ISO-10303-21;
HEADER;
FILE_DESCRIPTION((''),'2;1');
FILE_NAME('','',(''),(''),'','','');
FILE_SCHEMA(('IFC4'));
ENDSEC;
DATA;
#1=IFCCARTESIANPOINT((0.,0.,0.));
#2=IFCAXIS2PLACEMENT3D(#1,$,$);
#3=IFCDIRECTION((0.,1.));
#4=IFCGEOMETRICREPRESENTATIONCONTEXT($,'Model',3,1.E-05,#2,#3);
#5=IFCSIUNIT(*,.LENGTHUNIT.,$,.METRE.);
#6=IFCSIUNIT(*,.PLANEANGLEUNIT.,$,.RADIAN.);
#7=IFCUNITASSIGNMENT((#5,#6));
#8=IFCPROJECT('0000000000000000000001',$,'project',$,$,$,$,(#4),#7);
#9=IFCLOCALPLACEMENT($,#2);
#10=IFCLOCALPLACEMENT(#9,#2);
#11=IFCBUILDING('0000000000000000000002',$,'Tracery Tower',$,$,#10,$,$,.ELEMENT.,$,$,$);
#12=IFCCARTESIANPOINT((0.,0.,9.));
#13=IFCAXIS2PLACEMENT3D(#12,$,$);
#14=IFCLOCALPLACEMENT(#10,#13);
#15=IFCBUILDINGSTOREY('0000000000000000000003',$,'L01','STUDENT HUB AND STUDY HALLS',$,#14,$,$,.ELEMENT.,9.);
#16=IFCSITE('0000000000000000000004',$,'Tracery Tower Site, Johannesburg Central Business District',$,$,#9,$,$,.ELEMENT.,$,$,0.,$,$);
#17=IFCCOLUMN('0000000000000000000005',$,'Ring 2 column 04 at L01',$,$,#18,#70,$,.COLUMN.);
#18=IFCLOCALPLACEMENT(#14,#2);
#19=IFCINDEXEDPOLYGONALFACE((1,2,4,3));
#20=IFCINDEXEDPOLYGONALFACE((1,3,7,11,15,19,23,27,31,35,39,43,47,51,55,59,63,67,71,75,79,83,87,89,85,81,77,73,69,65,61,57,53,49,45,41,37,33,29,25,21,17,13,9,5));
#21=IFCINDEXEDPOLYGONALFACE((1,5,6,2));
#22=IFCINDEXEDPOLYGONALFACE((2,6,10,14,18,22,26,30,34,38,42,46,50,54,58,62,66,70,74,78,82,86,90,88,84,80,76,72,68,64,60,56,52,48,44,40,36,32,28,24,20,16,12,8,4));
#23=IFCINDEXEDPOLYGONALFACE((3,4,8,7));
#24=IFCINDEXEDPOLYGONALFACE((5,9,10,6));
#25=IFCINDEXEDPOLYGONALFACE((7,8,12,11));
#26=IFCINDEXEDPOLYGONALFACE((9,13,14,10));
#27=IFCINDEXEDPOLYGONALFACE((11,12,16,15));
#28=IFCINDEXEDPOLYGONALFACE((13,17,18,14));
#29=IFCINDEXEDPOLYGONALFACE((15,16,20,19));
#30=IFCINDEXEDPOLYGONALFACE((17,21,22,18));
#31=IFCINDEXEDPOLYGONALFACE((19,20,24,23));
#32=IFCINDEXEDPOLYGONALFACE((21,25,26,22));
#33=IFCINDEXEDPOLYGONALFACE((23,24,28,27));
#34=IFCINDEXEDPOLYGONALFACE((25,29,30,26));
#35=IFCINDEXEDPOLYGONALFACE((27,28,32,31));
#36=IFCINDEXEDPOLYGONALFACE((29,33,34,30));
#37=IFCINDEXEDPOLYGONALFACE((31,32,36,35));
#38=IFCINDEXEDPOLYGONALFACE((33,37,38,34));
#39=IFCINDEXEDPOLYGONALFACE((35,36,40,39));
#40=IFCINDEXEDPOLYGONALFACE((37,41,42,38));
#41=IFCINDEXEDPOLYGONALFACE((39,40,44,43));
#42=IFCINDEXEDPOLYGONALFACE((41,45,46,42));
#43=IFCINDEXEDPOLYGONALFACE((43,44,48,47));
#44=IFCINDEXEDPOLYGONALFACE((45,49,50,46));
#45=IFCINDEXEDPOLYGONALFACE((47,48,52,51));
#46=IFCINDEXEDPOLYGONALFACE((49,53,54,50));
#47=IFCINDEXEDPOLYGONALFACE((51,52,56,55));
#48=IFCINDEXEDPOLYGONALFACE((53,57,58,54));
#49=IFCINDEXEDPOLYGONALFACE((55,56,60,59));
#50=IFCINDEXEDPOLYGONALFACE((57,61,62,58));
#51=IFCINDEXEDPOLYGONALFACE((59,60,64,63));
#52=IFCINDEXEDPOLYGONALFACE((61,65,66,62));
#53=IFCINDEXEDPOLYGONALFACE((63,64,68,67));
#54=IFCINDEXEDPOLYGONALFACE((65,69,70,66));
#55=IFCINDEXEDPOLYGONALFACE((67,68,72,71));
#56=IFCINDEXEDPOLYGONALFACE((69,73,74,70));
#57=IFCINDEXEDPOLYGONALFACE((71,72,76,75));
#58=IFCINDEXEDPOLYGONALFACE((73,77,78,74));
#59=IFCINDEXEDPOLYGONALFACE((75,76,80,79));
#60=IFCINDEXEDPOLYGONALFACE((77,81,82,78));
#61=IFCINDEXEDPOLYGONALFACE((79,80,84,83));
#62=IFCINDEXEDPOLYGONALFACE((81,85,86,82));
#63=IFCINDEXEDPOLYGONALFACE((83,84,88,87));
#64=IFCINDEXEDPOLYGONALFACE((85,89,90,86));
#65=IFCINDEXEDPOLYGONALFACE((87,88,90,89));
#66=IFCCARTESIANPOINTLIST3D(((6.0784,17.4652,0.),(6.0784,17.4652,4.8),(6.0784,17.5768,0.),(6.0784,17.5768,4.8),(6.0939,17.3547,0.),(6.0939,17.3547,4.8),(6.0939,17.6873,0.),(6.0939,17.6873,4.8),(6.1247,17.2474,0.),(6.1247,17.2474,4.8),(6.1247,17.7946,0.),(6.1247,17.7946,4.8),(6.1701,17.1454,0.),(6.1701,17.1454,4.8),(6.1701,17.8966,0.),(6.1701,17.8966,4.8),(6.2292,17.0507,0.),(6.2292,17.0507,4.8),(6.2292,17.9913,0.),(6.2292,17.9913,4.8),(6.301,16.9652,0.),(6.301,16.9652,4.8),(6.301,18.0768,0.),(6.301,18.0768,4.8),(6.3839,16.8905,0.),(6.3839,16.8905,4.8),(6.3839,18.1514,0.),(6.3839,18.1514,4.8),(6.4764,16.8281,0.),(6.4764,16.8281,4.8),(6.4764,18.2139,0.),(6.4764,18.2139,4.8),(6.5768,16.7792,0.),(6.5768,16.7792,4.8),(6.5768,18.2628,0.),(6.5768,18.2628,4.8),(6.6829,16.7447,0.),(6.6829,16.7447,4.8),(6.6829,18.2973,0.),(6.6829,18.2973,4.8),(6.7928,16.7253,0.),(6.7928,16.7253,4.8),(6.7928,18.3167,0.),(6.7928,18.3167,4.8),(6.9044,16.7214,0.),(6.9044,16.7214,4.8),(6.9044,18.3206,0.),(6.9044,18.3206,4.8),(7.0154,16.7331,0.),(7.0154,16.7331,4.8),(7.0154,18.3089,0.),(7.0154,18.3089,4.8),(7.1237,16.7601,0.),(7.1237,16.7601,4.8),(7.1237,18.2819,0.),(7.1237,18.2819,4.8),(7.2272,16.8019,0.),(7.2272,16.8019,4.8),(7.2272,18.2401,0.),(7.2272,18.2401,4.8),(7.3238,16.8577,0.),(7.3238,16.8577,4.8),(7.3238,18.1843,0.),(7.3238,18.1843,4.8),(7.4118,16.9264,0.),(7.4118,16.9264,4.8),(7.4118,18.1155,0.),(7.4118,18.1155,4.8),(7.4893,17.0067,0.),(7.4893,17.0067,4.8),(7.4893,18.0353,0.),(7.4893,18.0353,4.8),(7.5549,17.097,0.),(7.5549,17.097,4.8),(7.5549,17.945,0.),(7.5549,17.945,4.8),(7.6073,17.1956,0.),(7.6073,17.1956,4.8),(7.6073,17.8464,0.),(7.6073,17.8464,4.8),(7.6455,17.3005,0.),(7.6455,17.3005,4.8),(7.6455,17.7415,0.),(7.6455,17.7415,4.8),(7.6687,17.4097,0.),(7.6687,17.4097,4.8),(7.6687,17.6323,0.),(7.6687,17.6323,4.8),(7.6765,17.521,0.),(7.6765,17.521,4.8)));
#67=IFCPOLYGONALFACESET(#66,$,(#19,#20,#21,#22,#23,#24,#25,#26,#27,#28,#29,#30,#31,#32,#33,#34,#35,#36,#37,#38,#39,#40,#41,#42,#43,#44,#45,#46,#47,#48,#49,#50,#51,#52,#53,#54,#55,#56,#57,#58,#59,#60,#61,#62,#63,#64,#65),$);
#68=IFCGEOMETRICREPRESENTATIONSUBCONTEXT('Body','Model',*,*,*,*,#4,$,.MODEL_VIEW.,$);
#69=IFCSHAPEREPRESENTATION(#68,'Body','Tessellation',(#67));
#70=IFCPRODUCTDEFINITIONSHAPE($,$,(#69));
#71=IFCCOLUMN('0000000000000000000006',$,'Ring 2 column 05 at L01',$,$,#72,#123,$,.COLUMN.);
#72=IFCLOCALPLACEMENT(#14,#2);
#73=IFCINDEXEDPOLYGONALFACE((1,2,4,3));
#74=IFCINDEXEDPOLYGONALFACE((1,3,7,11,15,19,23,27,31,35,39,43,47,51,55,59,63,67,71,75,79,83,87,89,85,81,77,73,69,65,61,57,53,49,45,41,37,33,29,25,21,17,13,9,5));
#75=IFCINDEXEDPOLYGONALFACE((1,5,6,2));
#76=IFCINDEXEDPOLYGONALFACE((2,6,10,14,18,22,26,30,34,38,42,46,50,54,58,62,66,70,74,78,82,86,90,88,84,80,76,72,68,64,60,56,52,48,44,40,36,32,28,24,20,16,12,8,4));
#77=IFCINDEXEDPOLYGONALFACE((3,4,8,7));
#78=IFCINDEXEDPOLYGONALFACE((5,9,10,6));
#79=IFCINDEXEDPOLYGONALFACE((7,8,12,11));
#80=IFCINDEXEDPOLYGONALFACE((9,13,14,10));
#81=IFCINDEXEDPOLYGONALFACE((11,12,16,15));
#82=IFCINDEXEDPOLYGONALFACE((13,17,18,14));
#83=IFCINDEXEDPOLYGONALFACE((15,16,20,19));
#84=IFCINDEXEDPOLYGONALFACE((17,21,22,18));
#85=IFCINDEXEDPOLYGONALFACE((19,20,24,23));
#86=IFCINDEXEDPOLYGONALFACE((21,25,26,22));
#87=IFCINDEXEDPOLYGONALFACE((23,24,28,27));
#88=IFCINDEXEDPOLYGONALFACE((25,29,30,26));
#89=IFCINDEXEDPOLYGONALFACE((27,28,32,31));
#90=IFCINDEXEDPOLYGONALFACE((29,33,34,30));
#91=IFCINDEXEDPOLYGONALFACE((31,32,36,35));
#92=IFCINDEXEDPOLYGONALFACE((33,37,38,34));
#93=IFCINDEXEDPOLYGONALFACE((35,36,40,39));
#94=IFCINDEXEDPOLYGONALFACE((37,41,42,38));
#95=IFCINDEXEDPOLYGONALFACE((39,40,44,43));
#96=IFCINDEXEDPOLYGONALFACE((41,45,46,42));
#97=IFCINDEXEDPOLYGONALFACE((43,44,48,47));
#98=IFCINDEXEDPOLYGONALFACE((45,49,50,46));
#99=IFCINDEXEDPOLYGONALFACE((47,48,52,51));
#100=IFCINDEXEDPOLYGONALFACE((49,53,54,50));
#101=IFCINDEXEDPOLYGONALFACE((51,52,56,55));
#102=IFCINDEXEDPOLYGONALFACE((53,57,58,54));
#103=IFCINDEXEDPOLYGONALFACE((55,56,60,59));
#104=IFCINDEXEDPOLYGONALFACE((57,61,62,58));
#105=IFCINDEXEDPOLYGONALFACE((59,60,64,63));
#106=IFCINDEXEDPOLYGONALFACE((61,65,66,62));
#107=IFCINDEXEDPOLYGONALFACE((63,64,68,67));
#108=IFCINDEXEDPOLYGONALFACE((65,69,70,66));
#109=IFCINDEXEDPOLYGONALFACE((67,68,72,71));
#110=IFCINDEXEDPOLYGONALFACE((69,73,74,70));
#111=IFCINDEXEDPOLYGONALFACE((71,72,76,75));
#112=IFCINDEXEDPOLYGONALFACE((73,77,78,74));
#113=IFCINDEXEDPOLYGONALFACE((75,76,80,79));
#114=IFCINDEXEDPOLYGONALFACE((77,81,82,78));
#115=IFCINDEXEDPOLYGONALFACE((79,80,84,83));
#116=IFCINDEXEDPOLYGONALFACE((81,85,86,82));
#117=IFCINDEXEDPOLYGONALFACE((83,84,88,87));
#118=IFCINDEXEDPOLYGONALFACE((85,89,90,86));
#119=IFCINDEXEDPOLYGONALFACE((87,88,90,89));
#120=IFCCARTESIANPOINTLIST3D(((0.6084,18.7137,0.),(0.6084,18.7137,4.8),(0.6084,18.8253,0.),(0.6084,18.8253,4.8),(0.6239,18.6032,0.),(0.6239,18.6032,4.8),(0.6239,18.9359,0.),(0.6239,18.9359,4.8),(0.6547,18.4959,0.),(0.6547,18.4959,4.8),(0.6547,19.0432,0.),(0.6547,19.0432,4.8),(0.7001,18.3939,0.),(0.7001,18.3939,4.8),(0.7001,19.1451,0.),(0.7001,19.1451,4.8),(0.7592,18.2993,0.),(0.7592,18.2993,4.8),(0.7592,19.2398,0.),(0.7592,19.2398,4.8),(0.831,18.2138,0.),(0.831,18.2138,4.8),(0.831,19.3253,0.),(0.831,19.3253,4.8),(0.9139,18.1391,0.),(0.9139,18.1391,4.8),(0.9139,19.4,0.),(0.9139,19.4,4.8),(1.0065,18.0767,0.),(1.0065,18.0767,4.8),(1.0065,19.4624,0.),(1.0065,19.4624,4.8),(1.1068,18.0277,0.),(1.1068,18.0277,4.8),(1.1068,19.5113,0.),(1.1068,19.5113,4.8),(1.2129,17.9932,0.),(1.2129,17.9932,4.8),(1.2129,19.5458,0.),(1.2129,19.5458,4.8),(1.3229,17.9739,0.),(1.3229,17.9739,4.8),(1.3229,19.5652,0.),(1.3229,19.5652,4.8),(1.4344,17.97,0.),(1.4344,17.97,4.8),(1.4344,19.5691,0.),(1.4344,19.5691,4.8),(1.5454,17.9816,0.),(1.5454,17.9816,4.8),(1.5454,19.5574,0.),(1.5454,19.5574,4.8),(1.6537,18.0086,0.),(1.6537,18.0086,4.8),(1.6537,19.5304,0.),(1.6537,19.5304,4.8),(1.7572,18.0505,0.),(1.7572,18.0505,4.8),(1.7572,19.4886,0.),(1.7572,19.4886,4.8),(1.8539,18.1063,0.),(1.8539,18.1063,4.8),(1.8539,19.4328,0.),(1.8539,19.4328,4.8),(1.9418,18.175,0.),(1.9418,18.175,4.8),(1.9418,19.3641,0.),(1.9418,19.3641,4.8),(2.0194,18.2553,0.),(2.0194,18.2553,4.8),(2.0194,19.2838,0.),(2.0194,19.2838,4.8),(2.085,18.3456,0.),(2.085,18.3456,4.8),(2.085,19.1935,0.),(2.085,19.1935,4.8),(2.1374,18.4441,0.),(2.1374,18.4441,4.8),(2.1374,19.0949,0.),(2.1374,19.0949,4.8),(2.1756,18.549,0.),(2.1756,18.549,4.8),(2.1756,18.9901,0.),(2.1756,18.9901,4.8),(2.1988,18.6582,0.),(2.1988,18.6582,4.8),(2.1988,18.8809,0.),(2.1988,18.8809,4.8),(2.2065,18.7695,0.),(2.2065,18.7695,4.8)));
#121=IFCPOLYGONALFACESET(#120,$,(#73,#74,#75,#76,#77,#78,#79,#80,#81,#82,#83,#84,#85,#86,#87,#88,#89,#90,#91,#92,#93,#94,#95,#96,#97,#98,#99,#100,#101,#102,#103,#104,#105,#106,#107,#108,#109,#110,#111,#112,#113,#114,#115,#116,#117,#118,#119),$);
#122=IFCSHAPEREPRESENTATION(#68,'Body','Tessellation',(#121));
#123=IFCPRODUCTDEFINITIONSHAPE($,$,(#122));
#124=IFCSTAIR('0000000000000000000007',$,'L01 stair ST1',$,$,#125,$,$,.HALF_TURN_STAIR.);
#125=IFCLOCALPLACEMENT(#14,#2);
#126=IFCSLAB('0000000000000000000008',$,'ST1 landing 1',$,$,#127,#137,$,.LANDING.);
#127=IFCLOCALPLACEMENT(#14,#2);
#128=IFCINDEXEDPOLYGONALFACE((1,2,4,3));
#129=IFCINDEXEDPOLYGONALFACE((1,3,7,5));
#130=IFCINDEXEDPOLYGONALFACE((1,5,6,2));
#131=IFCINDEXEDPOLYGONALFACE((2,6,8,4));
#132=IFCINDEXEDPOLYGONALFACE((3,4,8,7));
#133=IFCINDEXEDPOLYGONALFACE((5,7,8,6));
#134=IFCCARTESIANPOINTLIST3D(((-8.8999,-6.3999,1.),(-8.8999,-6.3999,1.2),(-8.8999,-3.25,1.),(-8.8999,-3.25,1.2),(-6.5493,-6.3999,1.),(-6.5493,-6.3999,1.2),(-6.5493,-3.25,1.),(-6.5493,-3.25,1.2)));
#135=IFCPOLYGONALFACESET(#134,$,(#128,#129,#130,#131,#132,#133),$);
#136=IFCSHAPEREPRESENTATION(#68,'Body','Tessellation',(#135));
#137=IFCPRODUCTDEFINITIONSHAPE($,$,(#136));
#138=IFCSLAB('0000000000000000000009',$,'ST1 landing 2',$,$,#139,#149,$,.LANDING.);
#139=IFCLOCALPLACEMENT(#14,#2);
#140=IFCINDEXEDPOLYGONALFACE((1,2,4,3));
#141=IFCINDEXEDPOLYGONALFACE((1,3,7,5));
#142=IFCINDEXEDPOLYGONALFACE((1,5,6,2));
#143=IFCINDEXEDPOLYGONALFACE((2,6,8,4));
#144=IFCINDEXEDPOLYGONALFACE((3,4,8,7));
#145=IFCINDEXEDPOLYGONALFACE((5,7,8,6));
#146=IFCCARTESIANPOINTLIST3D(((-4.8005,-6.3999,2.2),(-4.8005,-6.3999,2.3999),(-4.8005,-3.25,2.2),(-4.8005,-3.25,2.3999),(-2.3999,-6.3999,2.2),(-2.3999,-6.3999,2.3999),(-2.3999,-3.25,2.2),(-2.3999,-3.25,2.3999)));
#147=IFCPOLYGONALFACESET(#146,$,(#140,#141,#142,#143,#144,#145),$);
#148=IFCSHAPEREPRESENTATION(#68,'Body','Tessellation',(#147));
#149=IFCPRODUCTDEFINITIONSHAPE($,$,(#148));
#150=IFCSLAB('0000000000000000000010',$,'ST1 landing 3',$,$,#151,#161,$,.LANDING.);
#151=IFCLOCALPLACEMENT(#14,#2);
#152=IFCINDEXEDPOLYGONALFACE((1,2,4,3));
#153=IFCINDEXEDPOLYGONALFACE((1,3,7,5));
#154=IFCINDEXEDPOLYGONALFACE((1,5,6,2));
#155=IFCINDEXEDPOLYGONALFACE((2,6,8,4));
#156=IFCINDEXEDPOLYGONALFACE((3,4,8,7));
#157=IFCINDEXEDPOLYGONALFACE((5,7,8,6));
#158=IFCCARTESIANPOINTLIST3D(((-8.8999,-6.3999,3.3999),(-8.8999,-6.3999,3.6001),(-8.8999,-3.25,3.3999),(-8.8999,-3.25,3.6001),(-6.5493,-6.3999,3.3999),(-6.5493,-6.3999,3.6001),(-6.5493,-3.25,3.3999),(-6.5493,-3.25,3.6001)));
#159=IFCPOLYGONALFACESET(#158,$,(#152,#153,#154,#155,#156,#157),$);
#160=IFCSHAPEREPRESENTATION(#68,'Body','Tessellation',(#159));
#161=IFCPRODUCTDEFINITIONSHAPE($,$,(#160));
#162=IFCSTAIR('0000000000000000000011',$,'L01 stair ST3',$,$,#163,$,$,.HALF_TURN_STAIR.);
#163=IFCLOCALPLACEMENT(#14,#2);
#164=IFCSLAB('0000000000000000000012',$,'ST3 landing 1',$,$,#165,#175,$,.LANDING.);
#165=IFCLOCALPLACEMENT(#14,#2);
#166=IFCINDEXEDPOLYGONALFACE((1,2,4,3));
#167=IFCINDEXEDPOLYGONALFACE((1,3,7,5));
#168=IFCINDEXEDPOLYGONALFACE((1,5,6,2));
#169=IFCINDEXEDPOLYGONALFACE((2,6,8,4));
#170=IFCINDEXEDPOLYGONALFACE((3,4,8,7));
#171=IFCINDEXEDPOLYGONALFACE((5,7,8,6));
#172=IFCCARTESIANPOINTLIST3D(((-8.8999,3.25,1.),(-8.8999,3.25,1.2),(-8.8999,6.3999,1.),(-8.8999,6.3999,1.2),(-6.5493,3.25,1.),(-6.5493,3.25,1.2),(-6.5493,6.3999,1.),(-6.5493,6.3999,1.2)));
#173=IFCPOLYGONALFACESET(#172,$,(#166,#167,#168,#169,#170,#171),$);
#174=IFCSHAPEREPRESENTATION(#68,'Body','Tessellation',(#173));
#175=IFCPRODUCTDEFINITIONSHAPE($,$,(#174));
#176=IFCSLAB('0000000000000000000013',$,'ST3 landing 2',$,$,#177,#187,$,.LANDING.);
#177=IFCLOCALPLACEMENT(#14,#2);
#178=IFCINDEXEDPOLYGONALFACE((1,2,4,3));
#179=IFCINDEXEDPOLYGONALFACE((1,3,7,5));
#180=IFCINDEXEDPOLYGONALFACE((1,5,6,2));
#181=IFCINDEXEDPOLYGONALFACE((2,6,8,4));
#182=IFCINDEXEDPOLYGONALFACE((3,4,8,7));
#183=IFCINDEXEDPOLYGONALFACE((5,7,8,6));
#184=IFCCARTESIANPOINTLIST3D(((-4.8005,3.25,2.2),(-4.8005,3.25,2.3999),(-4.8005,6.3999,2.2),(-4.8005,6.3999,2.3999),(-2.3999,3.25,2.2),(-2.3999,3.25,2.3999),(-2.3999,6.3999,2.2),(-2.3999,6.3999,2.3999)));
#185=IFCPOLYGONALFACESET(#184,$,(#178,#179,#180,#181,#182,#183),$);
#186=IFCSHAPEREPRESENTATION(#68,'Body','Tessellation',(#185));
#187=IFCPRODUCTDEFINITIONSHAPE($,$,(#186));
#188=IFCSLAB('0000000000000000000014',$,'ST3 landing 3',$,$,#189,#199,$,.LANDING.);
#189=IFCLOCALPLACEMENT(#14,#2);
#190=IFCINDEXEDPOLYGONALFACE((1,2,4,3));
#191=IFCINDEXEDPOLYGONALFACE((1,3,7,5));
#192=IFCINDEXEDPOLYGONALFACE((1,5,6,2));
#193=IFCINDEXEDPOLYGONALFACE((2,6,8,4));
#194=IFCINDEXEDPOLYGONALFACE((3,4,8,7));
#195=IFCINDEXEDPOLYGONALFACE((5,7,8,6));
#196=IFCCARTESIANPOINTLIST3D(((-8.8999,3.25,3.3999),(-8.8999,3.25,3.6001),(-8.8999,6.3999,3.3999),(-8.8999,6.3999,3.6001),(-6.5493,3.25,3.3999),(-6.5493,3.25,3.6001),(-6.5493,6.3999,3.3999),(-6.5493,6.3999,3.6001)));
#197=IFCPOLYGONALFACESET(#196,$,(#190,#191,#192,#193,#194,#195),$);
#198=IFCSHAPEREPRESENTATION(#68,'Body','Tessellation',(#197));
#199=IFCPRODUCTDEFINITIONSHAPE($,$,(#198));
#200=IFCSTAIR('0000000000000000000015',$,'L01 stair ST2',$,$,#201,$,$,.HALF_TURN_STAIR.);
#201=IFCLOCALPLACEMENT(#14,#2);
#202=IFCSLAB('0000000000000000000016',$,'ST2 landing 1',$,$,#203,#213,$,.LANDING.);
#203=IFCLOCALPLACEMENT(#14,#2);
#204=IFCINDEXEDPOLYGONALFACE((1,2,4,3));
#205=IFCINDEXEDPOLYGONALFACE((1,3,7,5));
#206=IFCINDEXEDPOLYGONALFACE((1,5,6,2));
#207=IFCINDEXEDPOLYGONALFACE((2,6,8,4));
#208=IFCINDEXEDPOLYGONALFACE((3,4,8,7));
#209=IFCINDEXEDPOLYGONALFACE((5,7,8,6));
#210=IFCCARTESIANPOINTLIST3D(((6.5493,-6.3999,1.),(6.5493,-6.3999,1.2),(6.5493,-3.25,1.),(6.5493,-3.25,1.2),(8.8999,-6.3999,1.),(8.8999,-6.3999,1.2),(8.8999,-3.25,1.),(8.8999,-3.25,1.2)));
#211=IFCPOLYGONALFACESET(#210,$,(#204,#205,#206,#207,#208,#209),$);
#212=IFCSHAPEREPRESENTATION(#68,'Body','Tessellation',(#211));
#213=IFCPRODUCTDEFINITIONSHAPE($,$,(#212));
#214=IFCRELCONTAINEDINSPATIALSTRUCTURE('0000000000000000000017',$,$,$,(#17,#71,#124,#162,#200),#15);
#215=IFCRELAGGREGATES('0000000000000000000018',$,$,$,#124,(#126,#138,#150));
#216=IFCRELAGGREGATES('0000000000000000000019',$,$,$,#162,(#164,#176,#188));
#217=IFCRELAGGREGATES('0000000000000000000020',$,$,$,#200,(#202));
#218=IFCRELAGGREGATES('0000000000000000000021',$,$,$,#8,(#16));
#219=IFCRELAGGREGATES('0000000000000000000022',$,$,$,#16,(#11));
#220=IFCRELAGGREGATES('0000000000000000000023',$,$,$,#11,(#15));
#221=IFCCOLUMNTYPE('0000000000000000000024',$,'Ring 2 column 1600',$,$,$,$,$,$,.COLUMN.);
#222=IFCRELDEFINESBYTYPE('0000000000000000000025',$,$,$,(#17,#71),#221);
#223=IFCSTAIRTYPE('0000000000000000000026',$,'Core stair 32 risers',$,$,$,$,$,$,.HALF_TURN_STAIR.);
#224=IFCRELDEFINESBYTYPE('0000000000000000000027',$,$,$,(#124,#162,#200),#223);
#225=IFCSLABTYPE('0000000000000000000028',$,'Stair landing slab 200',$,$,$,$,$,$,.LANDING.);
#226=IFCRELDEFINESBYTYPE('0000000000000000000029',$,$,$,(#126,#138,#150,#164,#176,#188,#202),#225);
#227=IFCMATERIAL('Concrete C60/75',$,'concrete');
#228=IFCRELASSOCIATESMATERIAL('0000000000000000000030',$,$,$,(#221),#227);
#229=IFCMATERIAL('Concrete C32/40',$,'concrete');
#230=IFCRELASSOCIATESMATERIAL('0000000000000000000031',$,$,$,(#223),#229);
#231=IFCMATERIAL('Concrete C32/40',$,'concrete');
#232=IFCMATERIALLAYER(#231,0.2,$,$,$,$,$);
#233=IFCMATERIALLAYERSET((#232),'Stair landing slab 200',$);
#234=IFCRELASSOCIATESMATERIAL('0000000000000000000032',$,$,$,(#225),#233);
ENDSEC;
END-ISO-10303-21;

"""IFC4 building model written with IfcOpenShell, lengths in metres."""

from ifc_helpers import new_model, si_unit, direction, frame, origin, origin_2d, place, context, subcontext, project, spatial, polyline, circle, outline, extrude, material, layer, layer_set, material_profile, profile_set, type_object, element, aggregate, save


model = new_model("IFC4")

# Units and contexts
model_context = context("Model", 3, precision=1e-05, world=origin(), true_north=direction((0.0, 1.0)))
body_context = subcontext(model_context, "Body", "Model", "MODEL_VIEW")
ifc_project = project(units=[si_unit("LENGTHUNIT", "METRE"), si_unit("PLANEANGLEUNIT", "RADIAN")], contexts=[model_context])

# Site, building, storey
site_placement = place(None, origin())
site = spatial("IfcSite", under=ifc_project, at=site_placement, Name="Tracery Tower Site, Johannesburg Central Business District", CompositionType="ELEMENT", RefElevation=0.0)
building_placement = place(site_placement, origin())
building = spatial("IfcBuilding", under=site, at=building_placement, Name="Tracery Tower", CompositionType="ELEMENT")
storey_placement = place(building_placement, frame((0.0, 0.0, 9.0)))
storey = spatial("IfcBuildingStorey", under=building, at=storey_placement, Name="L01", Description="STUDENT HUB AND STUDY HALLS", CompositionType="ELEMENT", Elevation=9.0)

# Columns
ifc_material_1 = material(Name="Concrete C60/75", Category="concrete")
ifc_material_profile_1 = material_profile(ifc_material_1, circle(Radius=0.8, at=origin_2d()), Name="RC D1600")
ifc_profile_set_1 = profile_set([ifc_material_profile_1], Name="Concrete C60/75")
column_type_1 = type_object("IfcColumnType", Name="Ring 2 column 1600", PredefinedType="COLUMN", material=ifc_profile_set_1)
for number, where, z_axis, x_axis, name in (
    (1, (6.8765, 17.521, 0.0), (0.0, 0.0, 1.0), (1.0, 0.0, 0.0), "Ring 2 column 04 at L01"),
    (2, (1.4065, 18.7695, 0.0), (0.0, 0.0, 1.0), (1.0, 0.0, 0.0), "Ring 2 column 05 at L01"),
):
    element("IfcColumn", number, at=place(storey_placement, frame(where, z_axis=z_axis, x_axis=x_axis)), inside=storey, type_object=column_type_1, Name=name, PredefinedType="COLUMN", context=body_context, shape_type="SweptSolid", body=[
        extrude(circle(Radius=0.8, at=origin_2d()), origin(), (0.0, 0.0, 1.0), 4.8),
    ])

# Stairs, slabs
ifc_material_2 = material(Name="Concrete C32/40", Category="concrete")
stair_type = type_object("IfcStairType", Name="Core stair 32 risers", PredefinedType="HALF_TURN_STAIR", material=ifc_material_2)
stair_1_placement = place(storey_placement, origin())
stair_1 = element("IfcStair", 3, at=stair_1_placement, inside=storey, type_object=stair_type, Name="L01 stair ST1", PredefinedType="HALF_TURN_STAIR")
ifc_material_3 = material(Name="Concrete C32/40", Category="concrete")
ifc_layer_1 = layer(ifc_material_3, 0.2)
ifc_layer_set_1 = layer_set([ifc_layer_1], Name="Stair landing slab 200")
slab_type = type_object("IfcSlabType", Name="Stair landing slab 200", PredefinedType="LANDING", material=ifc_layer_set_1)
slab_1_placement = place(storey_placement, frame((0.0, 0.0, 1.0)))
slab_1 = element("IfcSlab", 4, at=slab_1_placement, type_object=slab_type, Name="ST1 landing 1", PredefinedType="LANDING", context=body_context, shape_type="SweptSolid", body=[
    extrude(outline(polyline([(-6.5493, -3.25), (-8.8999, -3.25), (-8.8999, -6.3999), (-6.5493, -6.3999), (-6.5493, -3.25)])), origin(), (0.0, 0.0, 1.0), 0.2),
])
slab_2_placement = place(storey_placement, frame((0.0, 0.0, 2.2)))
slab_2 = element("IfcSlab", 5, at=slab_2_placement, type_object=slab_type, Name="ST1 landing 2", PredefinedType="LANDING", context=body_context, shape_type="SweptSolid", body=[
    extrude(outline(polyline([(-2.3999, -3.25), (-4.8005, -3.25), (-4.8005, -6.3999), (-2.3999, -6.3999), (-2.3999, -3.25)])), origin(), (0.0, 0.0, 1.0), 0.2),
])
slab_3_placement = place(storey_placement, frame((0.0, 0.0, 3.3999)))
slab_3 = element("IfcSlab", 6, at=slab_3_placement, type_object=slab_type, Name="ST1 landing 3", PredefinedType="LANDING", context=body_context, shape_type="SweptSolid", body=[
    extrude(outline(polyline([(-6.5493, -3.25), (-8.8999, -3.25), (-8.8999, -6.3999), (-6.5493, -6.3999), (-6.5493, -3.25)])), origin(), (0.0, 0.0, 1.0), 0.2002),
])
aggregate(stair_1, [slab_1, slab_2, slab_3])
stair_2_placement = place(storey_placement, origin())
stair_2 = element("IfcStair", 7, at=stair_2_placement, inside=storey, type_object=stair_type, Name="L01 stair ST3", PredefinedType="HALF_TURN_STAIR")
slab_4_placement = place(storey_placement, frame((0.0, 0.0, 1.0)))
slab_4 = element("IfcSlab", 8, at=slab_4_placement, type_object=slab_type, Name="ST3 landing 1", PredefinedType="LANDING", context=body_context, shape_type="SweptSolid", body=[
    extrude(outline(polyline([(-6.5493, 6.3999), (-8.8999, 6.3999), (-8.8999, 3.25), (-6.5493, 3.25), (-6.5493, 6.3999)])), origin(), (0.0, 0.0, 1.0), 0.2),
])
slab_5_placement = place(storey_placement, frame((0.0, 0.0, 2.2)))
slab_5 = element("IfcSlab", 9, at=slab_5_placement, type_object=slab_type, Name="ST3 landing 2", PredefinedType="LANDING", context=body_context, shape_type="SweptSolid", body=[
    extrude(outline(polyline([(-2.3999, 6.3999), (-4.8005, 6.3999), (-4.8005, 3.25), (-2.3999, 3.25), (-2.3999, 6.3999)])), origin(), (0.0, 0.0, 1.0), 0.2),
])
slab_6_placement = place(storey_placement, frame((0.0, 0.0, 3.3999)))
slab_6 = element("IfcSlab", 10, at=slab_6_placement, type_object=slab_type, Name="ST3 landing 3", PredefinedType="LANDING", context=body_context, shape_type="SweptSolid", body=[
    extrude(outline(polyline([(-6.5493, 6.3999), (-8.8999, 6.3999), (-8.8999, 3.25), (-6.5493, 3.25), (-6.5493, 6.3999)])), origin(), (0.0, 0.0, 1.0), 0.2002),
])
aggregate(stair_2, [slab_4, slab_5, slab_6])
stair_3_placement = place(storey_placement, origin())
stair_3 = element("IfcStair", 11, at=stair_3_placement, inside=storey, type_object=stair_type, Name="L01 stair ST2", PredefinedType="HALF_TURN_STAIR")
slab_7_placement = place(storey_placement, frame((0.0, 0.0, 1.0)))
slab_7 = element("IfcSlab", 12, at=slab_7_placement, type_object=slab_type, Name="ST2 landing 1", PredefinedType="LANDING", context=body_context, shape_type="SweptSolid", body=[
    extrude(outline(polyline([(6.5493, -6.3999), (8.8999, -6.3999), (8.8999, -3.25), (6.5493, -3.25), (6.5493, -6.3999)])), origin(), (0.0, 0.0, 1.0), 0.2),
])
aggregate(stair_3, [slab_7])

save(model, "model.ifc")
